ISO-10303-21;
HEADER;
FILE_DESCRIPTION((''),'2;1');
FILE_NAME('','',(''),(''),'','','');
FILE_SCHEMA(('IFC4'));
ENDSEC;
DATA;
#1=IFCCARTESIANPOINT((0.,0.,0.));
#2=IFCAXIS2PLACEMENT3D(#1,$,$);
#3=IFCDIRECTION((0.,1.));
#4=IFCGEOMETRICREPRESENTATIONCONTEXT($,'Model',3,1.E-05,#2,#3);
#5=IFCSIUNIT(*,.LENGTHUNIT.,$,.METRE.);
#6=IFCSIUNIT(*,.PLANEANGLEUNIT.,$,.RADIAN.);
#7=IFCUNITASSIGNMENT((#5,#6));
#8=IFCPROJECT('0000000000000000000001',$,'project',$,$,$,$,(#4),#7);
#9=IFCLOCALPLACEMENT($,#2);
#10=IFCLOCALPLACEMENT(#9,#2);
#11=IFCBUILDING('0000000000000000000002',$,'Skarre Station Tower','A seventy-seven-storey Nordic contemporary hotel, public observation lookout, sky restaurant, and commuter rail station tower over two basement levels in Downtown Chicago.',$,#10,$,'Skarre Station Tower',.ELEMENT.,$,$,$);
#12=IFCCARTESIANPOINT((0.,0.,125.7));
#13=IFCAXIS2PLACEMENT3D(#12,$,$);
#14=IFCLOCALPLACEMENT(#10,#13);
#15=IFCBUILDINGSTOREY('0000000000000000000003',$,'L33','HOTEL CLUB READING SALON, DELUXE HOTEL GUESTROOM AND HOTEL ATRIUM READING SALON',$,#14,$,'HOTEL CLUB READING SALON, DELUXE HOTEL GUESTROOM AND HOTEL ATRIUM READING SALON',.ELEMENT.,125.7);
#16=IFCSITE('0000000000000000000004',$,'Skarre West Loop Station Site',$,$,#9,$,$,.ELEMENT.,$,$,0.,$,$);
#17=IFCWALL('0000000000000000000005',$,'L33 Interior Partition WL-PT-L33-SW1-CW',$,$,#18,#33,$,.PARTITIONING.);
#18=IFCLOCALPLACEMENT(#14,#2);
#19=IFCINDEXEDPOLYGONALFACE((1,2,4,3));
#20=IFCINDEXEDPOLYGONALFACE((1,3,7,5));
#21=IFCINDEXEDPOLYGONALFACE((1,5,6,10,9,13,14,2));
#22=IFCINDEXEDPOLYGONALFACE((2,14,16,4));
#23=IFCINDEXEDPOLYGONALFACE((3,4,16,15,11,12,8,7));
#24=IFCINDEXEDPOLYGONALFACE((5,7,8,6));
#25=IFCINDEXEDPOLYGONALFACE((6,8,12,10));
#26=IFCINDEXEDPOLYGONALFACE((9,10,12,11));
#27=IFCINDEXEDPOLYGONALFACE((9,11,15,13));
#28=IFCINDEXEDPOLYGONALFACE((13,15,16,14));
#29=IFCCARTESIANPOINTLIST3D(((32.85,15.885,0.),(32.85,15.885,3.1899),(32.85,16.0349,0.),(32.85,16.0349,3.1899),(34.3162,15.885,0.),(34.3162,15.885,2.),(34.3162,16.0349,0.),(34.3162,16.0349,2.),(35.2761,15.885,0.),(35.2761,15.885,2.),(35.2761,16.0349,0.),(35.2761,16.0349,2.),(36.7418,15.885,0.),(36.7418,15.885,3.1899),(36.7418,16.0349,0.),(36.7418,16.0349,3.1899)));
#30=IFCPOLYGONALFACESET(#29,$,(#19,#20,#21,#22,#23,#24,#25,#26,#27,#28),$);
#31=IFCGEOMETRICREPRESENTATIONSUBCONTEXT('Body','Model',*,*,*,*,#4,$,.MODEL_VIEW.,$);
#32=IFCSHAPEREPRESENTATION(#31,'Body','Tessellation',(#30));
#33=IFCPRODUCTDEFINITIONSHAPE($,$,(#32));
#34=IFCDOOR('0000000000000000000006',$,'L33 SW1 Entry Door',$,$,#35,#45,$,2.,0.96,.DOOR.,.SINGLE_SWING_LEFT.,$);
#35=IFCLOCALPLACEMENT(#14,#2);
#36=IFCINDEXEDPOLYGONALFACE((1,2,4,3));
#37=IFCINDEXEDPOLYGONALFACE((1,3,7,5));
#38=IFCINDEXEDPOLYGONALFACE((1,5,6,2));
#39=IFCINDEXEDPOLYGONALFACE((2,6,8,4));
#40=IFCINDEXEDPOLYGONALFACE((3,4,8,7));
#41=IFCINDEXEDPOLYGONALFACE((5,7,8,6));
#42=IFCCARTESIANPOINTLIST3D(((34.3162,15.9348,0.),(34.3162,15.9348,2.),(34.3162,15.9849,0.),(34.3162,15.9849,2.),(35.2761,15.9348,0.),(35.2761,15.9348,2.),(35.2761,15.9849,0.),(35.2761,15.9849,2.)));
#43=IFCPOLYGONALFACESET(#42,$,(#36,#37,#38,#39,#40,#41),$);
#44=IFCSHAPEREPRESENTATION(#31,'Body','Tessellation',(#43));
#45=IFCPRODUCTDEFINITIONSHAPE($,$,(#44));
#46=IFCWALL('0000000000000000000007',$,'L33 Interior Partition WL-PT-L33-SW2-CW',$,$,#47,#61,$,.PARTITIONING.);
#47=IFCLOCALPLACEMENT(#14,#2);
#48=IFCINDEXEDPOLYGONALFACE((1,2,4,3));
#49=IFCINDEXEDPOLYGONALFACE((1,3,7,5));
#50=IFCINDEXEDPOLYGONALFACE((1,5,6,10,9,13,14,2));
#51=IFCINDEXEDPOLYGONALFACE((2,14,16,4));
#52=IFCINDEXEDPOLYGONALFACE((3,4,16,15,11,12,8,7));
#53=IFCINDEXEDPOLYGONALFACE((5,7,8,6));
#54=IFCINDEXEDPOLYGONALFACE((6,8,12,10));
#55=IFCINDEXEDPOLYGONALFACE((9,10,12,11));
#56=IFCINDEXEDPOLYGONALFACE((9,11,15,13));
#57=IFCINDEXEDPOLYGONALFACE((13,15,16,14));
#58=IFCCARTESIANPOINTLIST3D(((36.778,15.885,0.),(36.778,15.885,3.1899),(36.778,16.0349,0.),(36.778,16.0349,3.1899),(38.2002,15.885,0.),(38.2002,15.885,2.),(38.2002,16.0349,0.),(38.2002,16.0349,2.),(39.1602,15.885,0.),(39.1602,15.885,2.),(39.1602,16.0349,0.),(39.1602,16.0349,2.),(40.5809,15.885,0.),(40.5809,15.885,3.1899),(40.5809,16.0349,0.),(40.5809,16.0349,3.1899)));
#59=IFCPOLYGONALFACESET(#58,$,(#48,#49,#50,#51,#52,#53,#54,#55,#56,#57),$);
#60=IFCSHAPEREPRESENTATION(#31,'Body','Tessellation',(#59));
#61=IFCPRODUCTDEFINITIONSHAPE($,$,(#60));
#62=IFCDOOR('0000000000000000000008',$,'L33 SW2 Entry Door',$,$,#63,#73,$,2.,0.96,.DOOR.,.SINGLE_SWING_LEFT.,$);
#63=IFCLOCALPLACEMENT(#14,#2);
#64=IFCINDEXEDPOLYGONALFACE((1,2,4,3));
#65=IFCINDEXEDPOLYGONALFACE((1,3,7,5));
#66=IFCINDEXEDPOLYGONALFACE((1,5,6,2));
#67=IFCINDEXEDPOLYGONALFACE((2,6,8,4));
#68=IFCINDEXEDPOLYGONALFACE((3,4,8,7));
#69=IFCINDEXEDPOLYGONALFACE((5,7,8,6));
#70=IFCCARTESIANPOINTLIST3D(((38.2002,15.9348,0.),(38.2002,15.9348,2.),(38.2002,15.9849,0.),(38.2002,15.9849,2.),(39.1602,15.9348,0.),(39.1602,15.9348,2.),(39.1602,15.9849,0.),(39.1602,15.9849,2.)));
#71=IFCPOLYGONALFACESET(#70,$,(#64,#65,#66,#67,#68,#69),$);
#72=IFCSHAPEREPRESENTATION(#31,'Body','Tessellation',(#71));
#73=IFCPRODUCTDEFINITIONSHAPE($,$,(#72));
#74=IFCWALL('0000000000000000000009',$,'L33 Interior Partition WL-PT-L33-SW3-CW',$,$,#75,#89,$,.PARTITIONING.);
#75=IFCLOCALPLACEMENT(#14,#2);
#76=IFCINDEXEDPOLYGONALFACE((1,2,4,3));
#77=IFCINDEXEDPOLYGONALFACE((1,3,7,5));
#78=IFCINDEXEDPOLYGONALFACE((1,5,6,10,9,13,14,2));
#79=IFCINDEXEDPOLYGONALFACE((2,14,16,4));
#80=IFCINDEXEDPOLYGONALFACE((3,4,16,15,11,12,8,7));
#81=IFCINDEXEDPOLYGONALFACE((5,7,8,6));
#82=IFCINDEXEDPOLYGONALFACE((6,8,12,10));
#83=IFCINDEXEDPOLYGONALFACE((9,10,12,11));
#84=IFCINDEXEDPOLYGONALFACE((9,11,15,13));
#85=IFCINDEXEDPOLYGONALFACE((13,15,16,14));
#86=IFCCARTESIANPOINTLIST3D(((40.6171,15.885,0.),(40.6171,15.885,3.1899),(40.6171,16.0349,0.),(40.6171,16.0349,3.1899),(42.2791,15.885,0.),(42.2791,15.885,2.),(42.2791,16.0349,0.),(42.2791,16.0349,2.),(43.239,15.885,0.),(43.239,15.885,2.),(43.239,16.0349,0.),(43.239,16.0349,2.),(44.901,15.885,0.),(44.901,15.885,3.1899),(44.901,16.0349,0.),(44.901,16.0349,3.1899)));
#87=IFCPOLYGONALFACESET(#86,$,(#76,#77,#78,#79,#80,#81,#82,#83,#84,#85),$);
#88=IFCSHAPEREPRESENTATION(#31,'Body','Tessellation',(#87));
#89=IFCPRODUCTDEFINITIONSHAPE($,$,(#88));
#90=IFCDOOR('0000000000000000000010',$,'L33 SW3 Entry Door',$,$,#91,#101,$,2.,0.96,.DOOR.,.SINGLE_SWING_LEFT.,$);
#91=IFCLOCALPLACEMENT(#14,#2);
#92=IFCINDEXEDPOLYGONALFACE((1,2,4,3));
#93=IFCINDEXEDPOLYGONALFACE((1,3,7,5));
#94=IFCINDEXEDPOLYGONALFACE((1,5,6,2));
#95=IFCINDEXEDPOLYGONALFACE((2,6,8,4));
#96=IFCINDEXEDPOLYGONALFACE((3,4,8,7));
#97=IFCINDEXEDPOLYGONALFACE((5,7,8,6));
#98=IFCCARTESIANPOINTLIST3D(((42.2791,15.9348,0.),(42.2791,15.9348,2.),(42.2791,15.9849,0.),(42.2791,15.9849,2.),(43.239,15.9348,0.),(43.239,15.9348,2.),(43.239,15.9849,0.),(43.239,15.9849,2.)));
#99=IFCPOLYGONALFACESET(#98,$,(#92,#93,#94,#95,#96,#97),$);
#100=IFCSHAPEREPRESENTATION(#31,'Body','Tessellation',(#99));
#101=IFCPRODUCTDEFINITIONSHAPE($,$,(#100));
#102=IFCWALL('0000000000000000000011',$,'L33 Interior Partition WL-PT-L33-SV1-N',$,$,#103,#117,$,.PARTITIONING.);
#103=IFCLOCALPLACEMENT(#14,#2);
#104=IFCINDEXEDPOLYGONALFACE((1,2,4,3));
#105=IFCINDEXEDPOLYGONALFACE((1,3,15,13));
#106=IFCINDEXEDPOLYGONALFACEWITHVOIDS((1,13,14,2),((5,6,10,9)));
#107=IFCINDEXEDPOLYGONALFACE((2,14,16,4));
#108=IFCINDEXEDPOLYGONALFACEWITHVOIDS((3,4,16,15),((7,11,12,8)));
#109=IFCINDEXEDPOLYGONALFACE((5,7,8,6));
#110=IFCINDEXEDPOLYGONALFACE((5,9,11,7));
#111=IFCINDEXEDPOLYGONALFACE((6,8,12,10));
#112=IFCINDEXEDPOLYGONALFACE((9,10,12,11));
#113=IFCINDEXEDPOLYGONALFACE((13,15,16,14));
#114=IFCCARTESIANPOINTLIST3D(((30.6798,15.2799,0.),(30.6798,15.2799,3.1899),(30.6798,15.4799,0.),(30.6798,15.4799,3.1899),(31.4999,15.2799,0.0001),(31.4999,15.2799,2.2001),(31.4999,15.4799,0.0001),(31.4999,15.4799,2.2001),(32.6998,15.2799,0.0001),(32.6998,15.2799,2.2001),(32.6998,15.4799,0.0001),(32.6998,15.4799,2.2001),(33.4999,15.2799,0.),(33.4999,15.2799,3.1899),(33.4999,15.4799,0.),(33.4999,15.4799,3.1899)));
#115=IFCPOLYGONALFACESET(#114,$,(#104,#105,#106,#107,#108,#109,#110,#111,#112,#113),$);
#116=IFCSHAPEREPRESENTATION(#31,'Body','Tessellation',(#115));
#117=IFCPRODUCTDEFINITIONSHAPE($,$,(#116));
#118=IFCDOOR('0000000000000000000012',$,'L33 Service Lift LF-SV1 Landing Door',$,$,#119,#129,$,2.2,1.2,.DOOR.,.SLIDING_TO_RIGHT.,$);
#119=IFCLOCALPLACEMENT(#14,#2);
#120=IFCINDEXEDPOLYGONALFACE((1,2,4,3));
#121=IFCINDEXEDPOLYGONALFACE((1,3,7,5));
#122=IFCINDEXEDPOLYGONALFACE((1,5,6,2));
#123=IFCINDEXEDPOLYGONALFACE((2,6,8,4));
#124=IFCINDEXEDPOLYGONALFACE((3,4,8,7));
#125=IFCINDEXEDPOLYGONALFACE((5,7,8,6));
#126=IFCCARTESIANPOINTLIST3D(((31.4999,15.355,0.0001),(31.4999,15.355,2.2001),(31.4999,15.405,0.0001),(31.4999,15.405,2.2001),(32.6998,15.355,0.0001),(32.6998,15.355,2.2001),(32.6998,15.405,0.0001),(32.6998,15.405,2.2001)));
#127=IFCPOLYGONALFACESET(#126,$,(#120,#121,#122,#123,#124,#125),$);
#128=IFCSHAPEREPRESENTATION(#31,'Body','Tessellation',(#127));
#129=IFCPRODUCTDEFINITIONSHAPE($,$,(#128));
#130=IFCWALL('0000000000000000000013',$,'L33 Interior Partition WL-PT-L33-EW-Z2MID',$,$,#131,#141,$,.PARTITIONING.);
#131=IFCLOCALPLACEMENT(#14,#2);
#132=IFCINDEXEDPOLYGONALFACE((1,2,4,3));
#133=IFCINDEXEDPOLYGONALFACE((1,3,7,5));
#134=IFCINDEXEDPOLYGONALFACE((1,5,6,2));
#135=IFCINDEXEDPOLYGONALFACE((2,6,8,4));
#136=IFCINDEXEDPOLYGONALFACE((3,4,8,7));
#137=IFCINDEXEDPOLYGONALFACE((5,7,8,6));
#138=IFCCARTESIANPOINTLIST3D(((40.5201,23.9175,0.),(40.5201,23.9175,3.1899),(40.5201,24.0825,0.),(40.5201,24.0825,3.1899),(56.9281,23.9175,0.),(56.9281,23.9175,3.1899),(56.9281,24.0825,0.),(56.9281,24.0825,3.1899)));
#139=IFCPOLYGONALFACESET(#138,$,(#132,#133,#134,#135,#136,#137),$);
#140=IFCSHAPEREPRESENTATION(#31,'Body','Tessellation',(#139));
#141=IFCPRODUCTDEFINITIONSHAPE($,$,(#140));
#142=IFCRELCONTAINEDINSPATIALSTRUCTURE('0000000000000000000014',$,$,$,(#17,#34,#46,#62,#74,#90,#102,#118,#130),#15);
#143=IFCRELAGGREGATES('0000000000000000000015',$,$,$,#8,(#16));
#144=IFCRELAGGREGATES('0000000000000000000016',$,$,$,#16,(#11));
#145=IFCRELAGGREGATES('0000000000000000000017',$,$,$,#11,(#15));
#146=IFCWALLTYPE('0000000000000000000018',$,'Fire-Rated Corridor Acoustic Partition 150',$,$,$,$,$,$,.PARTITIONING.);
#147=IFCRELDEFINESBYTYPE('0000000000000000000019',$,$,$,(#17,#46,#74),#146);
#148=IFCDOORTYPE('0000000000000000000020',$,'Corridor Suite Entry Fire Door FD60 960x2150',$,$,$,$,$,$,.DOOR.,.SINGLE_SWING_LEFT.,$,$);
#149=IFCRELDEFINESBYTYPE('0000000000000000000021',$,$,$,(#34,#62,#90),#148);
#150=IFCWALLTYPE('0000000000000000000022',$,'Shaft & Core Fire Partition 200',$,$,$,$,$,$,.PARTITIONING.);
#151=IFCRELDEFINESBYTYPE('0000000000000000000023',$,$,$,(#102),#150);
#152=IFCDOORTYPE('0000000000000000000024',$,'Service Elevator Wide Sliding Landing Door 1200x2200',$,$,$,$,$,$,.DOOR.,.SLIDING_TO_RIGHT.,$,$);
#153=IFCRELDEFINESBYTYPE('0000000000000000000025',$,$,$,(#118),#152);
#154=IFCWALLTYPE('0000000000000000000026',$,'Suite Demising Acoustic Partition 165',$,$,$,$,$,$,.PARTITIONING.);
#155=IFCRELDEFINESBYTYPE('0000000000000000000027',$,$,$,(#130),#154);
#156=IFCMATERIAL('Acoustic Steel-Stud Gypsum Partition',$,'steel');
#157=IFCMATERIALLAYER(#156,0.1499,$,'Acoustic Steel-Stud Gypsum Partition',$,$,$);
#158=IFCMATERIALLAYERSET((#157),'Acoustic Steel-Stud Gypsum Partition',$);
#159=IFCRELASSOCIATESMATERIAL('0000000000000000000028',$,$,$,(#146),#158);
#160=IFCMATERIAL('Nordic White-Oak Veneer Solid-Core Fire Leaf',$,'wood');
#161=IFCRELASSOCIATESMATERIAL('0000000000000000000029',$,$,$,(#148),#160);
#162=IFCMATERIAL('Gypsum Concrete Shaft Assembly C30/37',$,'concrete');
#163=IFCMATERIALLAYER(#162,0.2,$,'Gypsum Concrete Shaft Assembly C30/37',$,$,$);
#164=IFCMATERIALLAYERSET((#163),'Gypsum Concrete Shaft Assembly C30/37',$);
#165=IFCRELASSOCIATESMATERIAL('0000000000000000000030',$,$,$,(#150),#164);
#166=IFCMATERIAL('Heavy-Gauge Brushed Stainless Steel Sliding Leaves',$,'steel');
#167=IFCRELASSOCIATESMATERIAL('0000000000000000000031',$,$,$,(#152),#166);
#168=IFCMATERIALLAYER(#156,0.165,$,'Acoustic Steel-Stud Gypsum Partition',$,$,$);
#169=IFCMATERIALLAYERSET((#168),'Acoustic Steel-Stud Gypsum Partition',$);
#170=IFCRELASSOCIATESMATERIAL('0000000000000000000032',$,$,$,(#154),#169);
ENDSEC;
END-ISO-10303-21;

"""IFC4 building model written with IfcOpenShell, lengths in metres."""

from ifc_helpers import new_model, si_unit, direction, frame, frame_2d, origin, place, context, subcontext, project, spatial, rectangle, extrude, material, layer, layer_set, type_object, element, fill, save


model = new_model("IFC4")

# Units and contexts
model_context = context("Model", 3, precision=1e-05, world=origin(), true_north=direction((0.0, 1.0)))
body_context = subcontext(model_context, "Body", "Model", "MODEL_VIEW")
ifc_project = project(units=[si_unit("LENGTHUNIT", "METRE"), si_unit("PLANEANGLEUNIT", "RADIAN")], contexts=[model_context])

# Site, building, storey
site_placement = place(None, origin())
site = spatial("IfcSite", under=ifc_project, at=site_placement, Name="Skarre West Loop Station Site", CompositionType="ELEMENT", RefElevation=0.0)
building_placement = place(site_placement, origin())
building = spatial("IfcBuilding", under=site, at=building_placement, Name="Skarre Station Tower", Description="A seventy-seven-storey Nordic contemporary hotel, public observation lookout, sky restaurant, and commuter rail station tower over two basement levels in Downtown Chicago.", LongName="Skarre Station Tower", CompositionType="ELEMENT")
storey_placement = place(building_placement, frame((0.0, 0.0, 125.7)))
storey = spatial("IfcBuildingStorey", under=building, at=storey_placement, Name="L33", Description="HOTEL CLUB READING SALON, DELUXE HOTEL GUESTROOM AND HOTEL ATRIUM READING SALON", LongName="HOTEL CLUB READING SALON, DELUXE HOTEL GUESTROOM AND HOTEL ATRIUM READING SALON", CompositionType="ELEMENT", Elevation=125.7)

# Shared definitions
ifc_material_1 = material(Name="Acoustic Steel-Stud Gypsum Partition", Category="steel")
ifc_layer_1 = layer(ifc_material_1, 0.1499, Name="Acoustic Steel-Stud Gypsum Partition")
ifc_layer_set_1 = layer_set([ifc_layer_1], Name="Acoustic Steel-Stud Gypsum Partition")
wall_type_1 = type_object("IfcWallType", Name="Fire-Rated Corridor Acoustic Partition 150", PredefinedType="PARTITIONING", material=ifc_layer_set_1)

# Walls, openings, doors
wall_1_placement = place(storey_placement, frame((32.8501, 15.96, 0.0), z_axis=(0.0, 0.0, 1.0), x_axis=(1.0, 0.0, 0.0)))
wall_1 = element("IfcWall", 1, at=wall_1_placement, inside=storey, type_object=wall_type_1, Name="L33 Interior Partition WL-PT-L33-SW1-CW", PredefinedType="PARTITIONING", context=body_context, shape_type="SweptSolid", body=[
    extrude(rectangle(XDim=3.8918, YDim=0.1499, at=frame_2d((1.9458, 0.0))), origin(), (0.0, 0.0, 1.0), 3.1899),
])
opening_1_placement = place(wall_1_placement, frame((1.4661, 0.0, 0.0)))
opening_1 = element("IfcOpeningElement", 2, at=opening_1_placement, cuts=wall_1, PredefinedType="OPENING", context=body_context, shape_type="SweptSolid", body=[
    extrude(rectangle(XDim=0.96, YDim=2.0, at=frame_2d((0.48, 1.0))), frame((0.0, 0.085, 0.0), z_axis=(0.0, -1.0, 0.0), x_axis=(1.0, 0.0, 0.0)), (0.0, 0.0, 1.0), 0.1699),
])
ifc_material_2 = material(Name="Nordic White-Oak Veneer Solid-Core Fire Leaf", Category="wood")
door_type_1 = type_object("IfcDoorType", Name="Corridor Suite Entry Fire Door FD60 960x2150", OperationType="SINGLE_SWING_LEFT", PredefinedType="DOOR", material=ifc_material_2)
door_1_placement = place(opening_1_placement, origin())
door_1 = element("IfcDoor", 3, at=door_1_placement, inside=storey, type_object=door_type_1, Name="L33 SW1 Entry Door", OperationType="SINGLE_SWING_LEFT", OverallHeight=2.0, OverallWidth=0.96, PredefinedType="DOOR", context=body_context, shape_type="SweptSolid", body=[
    extrude(rectangle(XDim=0.96, YDim=2.0, at=frame_2d((0.48, 1.0))), frame((0.0, 0.0249, 0.0), z_axis=(0.0, -1.0, 0.0), x_axis=(1.0, 0.0, 0.0)), (0.0, 0.0, 1.0), 0.05),
])
fill(opening_1, door_1)
wall_2_placement = place(storey_placement, frame((36.7781, 15.96, 0.0), z_axis=(0.0, 0.0, 1.0), x_axis=(1.0, 0.0, 0.0)))
wall_2 = element("IfcWall", 4, at=wall_2_placement, inside=storey, type_object=wall_type_1, Name="L33 Interior Partition WL-PT-L33-SW2-CW", PredefinedType="PARTITIONING", context=body_context, shape_type="SweptSolid", body=[
    extrude(rectangle(XDim=3.803, YDim=0.1499, at=frame_2d((1.9014, 0.0))), origin(), (0.0, 0.0, 1.0), 3.1899),
])
opening_2_placement = place(wall_2_placement, frame((1.4221, 0.0, 0.0)))
opening_2 = element("IfcOpeningElement", 5, at=opening_2_placement, cuts=wall_2, PredefinedType="OPENING", context=body_context, shape_type="SweptSolid", body=[
    extrude(rectangle(XDim=0.96, YDim=2.0, at=frame_2d((0.48, 1.0))), frame((0.0, 0.085, 0.0), z_axis=(0.0, -1.0, 0.0), x_axis=(1.0, 0.0, 0.0)), (0.0, 0.0, 1.0), 0.1699),
])
door_2_placement = place(opening_2_placement, origin())
door_2 = element("IfcDoor", 6, at=door_2_placement, inside=storey, type_object=door_type_1, Name="L33 SW2 Entry Door", OperationType="SINGLE_SWING_LEFT", OverallHeight=2.0, OverallWidth=0.96, PredefinedType="DOOR", context=body_context, shape_type="SweptSolid", body=[
    extrude(rectangle(XDim=0.96, YDim=2.0, at=frame_2d((0.48, 1.0))), frame((0.0, 0.0249, 0.0), z_axis=(0.0, -1.0, 0.0), x_axis=(1.0, 0.0, 0.0)), (0.0, 0.0, 1.0), 0.05),
])
fill(opening_2, door_2)
wall_3_placement = place(storey_placement, frame((40.6169, 15.96, 0.0), z_axis=(0.0, 0.0, 1.0), x_axis=(1.0, 0.0, 0.0)))
wall_3 = element("IfcWall", 7, at=wall_3_placement, inside=storey, type_object=wall_type_1, Name="L33 Interior Partition WL-PT-L33-SW3-CW", PredefinedType="PARTITIONING", context=body_context, shape_type="SweptSolid", body=[
    extrude(rectangle(XDim=4.2839, YDim=0.1499, at=frame_2d((2.1421, 0.0))), origin(), (0.0, 0.0, 1.0), 3.1899),
])
opening_3_placement = place(wall_3_placement, frame((1.6621, 0.0, 0.0)))
opening_3 = element("IfcOpeningElement", 8, at=opening_3_placement, cuts=wall_3, PredefinedType="OPENING", context=body_context, shape_type="SweptSolid", body=[
    extrude(rectangle(XDim=0.96, YDim=2.0, at=frame_2d((0.48, 1.0))), frame((0.0, 0.085, 0.0), z_axis=(0.0, -1.0, 0.0), x_axis=(1.0, 0.0, 0.0)), (0.0, 0.0, 1.0), 0.1699),
])
door_3_placement = place(opening_3_placement, origin())
door_3 = element("IfcDoor", 9, at=door_3_placement, inside=storey, type_object=door_type_1, Name="L33 SW3 Entry Door", OperationType="SINGLE_SWING_LEFT", OverallHeight=2.0, OverallWidth=0.96, PredefinedType="DOOR", context=body_context, shape_type="SweptSolid", body=[
    extrude(rectangle(XDim=0.96, YDim=2.0, at=frame_2d((0.48, 1.0))), frame((0.0, 0.0249, 0.0), z_axis=(0.0, -1.0, 0.0), x_axis=(1.0, 0.0, 0.0)), (0.0, 0.0, 1.0), 0.05),
])
fill(opening_3, door_3)
ifc_material_3 = material(Name="Gypsum Concrete Shaft Assembly C30/37", Category="concrete")
ifc_layer_2 = layer(ifc_material_3, 0.2, Name="Gypsum Concrete Shaft Assembly C30/37")
ifc_layer_set_2 = layer_set([ifc_layer_2], Name="Gypsum Concrete Shaft Assembly C30/37")
wall_type_2 = type_object("IfcWallType", Name="Shaft & Core Fire Partition 200", PredefinedType="PARTITIONING", material=ifc_layer_set_2)
wall_4_placement = place(storey_placement, frame((33.5, 15.3799, 0.0), z_axis=(0.0, 0.0, 1.0), x_axis=(-1.0, 0.0, 0.0)))
wall_4 = element("IfcWall", 10, at=wall_4_placement, inside=storey, type_object=wall_type_2, Name="L33 Interior Partition WL-PT-L33-SV1-N", PredefinedType="PARTITIONING", context=body_context, shape_type="SweptSolid", body=[
    extrude(rectangle(XDim=2.8201, YDim=0.2, at=frame_2d((1.4102, 0.0))), origin(), (0.0, 0.0, 1.0), 3.1899),
])
opening_4_placement = place(wall_4_placement, frame((0.8, 0.0, 0.0)))
opening_4 = element("IfcOpeningElement", 11, at=opening_4_placement, cuts=wall_4, PredefinedType="OPENING", context=body_context, shape_type="SweptSolid", body=[
    extrude(rectangle(XDim=1.2, YDim=2.2, at=frame_2d((0.6001, 1.1001))), frame((0.0, 0.1099, 0.0), z_axis=(0.0, -1.0, 0.0), x_axis=(1.0, 0.0, 0.0)), (0.0, 0.0, 1.0), 0.22),
])
ifc_material_4 = material(Name="Heavy-Gauge Brushed Stainless Steel Sliding Leaves", Category="steel")
door_type_2 = type_object("IfcDoorType", Name="Service Elevator Wide Sliding Landing Door 1200x2200", OperationType="SLIDING_TO_RIGHT", PredefinedType="DOOR", material=ifc_material_4)
door_4_placement = place(opening_4_placement, origin())
door_4 = element("IfcDoor", 12, at=door_4_placement, inside=storey, type_object=door_type_2, Name="L33 Service Lift LF-SV1 Landing Door", OperationType="SLIDING_TO_RIGHT", OverallHeight=2.2, OverallWidth=1.2, PredefinedType="DOOR", context=body_context, shape_type="SweptSolid", body=[
    extrude(rectangle(XDim=1.2, YDim=2.2, at=frame_2d((0.6001, 1.1001))), frame((0.0, 0.0249, 0.0), z_axis=(0.0, -1.0, 0.0), x_axis=(1.0, 0.0, 0.0)), (0.0, 0.0, 1.0), 0.05),
])
fill(opening_4, door_4)

# Wall
ifc_layer_3 = layer(ifc_material_1, 0.165, Name="Acoustic Steel-Stud Gypsum Partition")
ifc_layer_set_3 = layer_set([ifc_layer_3], Name="Acoustic Steel-Stud Gypsum Partition")
wall_type_3 = type_object("IfcWallType", Name="Suite Demising Acoustic Partition 165", PredefinedType="PARTITIONING", material=ifc_layer_set_3)
wall_5_placement = place(storey_placement, frame((40.52, 24.0, 0.0), z_axis=(0.0, 0.0, 1.0), x_axis=(1.0, 0.0, 0.0)))
element("IfcWall", 13, at=wall_5_placement, inside=storey, type_object=wall_type_3, Name="L33 Interior Partition WL-PT-L33-EW-Z2MID", PredefinedType="PARTITIONING", context=body_context, shape_type="SweptSolid", body=[
    extrude(rectangle(XDim=16.408, YDim=0.165, at=frame_2d((8.2041, 0.0))), origin(), (0.0, 0.0, 1.0), 3.1899),
])

save(model, "model.ifc")
